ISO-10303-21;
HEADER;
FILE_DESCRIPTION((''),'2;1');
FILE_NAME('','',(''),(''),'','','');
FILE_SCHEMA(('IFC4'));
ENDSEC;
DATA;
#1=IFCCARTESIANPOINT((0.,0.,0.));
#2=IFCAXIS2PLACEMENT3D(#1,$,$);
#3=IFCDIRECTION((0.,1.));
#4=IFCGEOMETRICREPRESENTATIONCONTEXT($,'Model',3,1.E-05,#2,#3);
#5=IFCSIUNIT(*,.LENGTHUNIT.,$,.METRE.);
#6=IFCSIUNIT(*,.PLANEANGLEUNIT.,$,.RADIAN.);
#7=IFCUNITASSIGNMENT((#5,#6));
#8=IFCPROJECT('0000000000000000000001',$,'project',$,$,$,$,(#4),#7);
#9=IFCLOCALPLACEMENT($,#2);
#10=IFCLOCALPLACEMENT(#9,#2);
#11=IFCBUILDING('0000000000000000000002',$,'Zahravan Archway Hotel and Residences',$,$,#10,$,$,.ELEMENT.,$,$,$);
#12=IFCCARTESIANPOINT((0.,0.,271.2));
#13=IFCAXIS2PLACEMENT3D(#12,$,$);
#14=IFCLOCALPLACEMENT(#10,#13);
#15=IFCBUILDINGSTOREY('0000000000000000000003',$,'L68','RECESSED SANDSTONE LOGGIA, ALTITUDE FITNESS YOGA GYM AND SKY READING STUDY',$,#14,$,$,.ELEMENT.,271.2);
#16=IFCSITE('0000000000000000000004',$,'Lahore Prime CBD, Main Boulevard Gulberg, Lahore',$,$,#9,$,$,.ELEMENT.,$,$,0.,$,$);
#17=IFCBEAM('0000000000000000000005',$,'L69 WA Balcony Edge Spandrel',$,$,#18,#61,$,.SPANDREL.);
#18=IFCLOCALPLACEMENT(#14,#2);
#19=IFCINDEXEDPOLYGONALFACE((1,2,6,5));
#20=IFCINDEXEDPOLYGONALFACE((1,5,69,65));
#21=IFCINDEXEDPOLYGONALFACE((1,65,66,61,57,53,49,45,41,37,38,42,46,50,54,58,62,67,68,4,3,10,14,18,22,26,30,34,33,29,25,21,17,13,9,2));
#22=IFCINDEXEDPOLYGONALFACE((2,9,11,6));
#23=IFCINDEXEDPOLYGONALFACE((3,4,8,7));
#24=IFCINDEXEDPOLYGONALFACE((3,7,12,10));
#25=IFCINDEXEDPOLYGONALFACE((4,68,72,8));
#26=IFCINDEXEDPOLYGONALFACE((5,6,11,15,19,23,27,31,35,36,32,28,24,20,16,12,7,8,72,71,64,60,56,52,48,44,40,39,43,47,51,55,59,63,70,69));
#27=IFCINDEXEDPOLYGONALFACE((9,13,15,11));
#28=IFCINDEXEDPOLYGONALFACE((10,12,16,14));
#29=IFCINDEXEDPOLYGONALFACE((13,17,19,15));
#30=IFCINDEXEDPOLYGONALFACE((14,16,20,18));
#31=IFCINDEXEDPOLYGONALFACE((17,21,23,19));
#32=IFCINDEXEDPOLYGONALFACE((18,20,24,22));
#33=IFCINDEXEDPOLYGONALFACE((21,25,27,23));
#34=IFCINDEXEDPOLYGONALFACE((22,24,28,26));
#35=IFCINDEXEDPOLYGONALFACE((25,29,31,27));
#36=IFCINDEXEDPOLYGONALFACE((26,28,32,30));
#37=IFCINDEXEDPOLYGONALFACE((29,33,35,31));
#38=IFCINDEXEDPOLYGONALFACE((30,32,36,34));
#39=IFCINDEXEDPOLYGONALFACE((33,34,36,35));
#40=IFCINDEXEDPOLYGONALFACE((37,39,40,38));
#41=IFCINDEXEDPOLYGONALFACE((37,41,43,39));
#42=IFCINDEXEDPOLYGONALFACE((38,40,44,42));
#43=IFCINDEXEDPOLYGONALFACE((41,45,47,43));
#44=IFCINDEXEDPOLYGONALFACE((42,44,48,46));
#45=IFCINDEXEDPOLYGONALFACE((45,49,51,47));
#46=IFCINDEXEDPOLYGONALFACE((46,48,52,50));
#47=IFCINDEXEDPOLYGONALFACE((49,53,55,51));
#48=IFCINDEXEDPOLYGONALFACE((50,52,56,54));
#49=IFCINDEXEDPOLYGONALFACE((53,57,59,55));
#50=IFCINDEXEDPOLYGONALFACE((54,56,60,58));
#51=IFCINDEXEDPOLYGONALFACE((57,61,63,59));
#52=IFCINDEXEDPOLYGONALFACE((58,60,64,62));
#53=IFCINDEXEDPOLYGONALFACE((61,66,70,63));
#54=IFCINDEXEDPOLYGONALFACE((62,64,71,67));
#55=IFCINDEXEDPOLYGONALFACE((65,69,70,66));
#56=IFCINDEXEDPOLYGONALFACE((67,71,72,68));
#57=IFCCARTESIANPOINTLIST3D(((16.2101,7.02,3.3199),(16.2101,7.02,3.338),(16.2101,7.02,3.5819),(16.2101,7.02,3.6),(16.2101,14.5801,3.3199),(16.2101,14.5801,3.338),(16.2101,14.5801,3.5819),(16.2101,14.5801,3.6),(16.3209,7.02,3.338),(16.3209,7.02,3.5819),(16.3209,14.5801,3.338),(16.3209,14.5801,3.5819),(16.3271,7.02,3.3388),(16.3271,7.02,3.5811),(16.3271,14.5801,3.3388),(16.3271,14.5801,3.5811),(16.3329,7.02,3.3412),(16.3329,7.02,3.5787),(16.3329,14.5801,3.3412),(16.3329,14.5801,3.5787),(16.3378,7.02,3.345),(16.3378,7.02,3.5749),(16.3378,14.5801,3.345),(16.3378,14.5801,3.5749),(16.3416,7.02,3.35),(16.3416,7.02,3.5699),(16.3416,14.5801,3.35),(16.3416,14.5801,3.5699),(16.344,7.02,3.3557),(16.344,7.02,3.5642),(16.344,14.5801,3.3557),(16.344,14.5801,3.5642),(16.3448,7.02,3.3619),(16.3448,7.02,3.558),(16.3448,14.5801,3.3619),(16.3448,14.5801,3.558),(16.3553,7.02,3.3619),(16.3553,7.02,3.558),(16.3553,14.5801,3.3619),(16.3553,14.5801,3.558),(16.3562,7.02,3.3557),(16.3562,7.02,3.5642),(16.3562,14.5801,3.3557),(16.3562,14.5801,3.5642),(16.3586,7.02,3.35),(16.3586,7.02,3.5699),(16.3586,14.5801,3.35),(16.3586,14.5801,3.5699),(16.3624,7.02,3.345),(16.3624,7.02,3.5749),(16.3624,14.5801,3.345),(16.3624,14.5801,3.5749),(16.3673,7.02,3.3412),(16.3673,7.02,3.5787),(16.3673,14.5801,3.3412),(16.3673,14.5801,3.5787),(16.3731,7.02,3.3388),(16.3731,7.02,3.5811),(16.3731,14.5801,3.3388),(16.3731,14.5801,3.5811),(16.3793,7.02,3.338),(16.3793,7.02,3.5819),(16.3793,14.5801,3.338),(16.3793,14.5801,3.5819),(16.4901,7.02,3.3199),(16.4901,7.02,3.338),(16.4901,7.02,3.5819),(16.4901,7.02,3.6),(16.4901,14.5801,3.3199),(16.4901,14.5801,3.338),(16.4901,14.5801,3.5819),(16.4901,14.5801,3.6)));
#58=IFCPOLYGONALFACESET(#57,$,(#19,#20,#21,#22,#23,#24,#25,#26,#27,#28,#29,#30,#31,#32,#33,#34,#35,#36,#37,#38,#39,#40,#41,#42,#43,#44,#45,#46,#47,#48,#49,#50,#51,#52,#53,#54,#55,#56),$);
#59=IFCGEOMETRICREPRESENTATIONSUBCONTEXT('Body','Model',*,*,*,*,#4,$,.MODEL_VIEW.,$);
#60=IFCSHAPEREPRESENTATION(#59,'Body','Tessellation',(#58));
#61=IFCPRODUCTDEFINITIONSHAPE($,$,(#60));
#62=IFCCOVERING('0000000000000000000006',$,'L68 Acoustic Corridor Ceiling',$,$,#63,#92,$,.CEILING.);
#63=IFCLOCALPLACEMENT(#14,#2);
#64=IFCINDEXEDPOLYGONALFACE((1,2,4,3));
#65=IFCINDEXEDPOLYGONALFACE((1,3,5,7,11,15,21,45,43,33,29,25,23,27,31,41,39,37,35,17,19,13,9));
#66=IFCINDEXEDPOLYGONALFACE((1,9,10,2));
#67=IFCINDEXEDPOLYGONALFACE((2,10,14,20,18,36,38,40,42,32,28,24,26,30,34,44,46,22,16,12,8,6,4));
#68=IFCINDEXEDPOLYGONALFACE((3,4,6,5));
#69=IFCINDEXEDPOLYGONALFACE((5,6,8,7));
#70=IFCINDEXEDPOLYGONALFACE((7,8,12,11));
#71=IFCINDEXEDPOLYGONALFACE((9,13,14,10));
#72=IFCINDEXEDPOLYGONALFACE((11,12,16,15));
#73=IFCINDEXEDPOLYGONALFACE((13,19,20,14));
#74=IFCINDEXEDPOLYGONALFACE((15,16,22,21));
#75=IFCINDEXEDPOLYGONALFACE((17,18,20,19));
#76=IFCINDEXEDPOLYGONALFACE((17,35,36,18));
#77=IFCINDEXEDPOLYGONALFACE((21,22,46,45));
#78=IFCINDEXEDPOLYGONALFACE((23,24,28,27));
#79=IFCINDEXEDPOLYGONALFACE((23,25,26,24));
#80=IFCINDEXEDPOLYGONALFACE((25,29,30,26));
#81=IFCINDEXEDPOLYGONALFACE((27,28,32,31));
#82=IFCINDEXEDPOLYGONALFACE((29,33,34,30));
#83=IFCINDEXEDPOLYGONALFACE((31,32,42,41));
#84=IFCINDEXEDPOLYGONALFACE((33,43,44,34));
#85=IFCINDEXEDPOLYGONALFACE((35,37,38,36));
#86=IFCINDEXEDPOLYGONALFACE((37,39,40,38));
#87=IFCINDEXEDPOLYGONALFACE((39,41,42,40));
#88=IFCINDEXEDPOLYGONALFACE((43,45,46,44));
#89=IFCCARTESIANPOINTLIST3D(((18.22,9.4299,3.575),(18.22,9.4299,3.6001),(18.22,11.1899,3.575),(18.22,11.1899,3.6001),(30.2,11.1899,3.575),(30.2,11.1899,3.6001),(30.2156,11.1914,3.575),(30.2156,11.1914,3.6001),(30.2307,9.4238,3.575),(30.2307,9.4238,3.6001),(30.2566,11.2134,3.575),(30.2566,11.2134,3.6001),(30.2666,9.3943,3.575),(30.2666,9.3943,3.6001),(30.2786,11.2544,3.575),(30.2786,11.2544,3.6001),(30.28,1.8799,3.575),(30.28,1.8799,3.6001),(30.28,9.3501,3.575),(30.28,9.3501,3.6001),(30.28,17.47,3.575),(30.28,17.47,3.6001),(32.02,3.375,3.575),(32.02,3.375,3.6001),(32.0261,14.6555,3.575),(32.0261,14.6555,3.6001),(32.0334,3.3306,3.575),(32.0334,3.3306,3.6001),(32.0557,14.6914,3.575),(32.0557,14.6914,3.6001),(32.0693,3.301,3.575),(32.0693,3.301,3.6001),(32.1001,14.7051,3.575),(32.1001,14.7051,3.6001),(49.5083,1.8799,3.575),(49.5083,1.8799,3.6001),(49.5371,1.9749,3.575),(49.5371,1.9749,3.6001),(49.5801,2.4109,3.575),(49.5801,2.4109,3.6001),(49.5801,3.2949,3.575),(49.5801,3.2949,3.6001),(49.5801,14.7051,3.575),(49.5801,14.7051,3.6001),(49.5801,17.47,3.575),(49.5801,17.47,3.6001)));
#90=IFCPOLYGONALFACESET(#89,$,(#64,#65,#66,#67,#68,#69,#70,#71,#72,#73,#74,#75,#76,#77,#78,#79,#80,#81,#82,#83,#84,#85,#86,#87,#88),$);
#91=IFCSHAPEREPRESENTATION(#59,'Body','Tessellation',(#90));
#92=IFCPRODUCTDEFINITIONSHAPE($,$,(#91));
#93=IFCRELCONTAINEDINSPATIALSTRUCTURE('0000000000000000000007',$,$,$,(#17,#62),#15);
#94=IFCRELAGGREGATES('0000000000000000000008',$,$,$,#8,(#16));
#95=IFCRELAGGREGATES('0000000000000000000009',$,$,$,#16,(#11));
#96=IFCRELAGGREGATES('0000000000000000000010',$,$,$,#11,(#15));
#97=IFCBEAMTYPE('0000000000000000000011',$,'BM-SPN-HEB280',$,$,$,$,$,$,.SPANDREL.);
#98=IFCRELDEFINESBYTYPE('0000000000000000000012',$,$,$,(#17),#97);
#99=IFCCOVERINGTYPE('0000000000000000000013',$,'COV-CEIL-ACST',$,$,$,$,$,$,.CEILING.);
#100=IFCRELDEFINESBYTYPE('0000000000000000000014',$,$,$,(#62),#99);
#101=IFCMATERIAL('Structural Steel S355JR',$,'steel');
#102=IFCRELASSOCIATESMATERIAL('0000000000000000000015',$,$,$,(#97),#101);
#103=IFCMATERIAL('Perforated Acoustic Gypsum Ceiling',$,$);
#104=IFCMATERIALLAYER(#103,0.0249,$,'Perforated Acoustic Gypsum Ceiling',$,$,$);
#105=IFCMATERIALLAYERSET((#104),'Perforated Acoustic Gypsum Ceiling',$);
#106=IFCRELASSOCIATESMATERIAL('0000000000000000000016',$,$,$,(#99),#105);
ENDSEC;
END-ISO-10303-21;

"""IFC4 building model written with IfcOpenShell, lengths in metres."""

from ifc_helpers import new_model, si_unit, direction, frame, origin, origin_2d, place, context, subcontext, project, spatial, polyline, i_section, outline, extrude, source, transform, mapped, material, layer, layer_set, material_profile, profile_set, type_object, type_shapes, element, save


model = new_model("IFC4")

# Units and contexts
model_context = context("Model", 3, precision=1e-05, world=origin(), true_north=direction((0.0, 1.0)))
body_context = subcontext(model_context, "Body", "Model", "MODEL_VIEW")
ifc_project = project(units=[si_unit("LENGTHUNIT", "METRE"), si_unit("PLANEANGLEUNIT", "RADIAN")], contexts=[model_context])

# Site, building, storey
site_placement = place(None, origin())
site = spatial("IfcSite", under=ifc_project, at=site_placement, Name="Lahore Prime CBD, Main Boulevard Gulberg, Lahore", CompositionType="ELEMENT", RefElevation=0.0)
building_placement = place(site_placement, origin())
building = spatial("IfcBuilding", under=site, at=building_placement, Name="Zahravan Archway Hotel and Residences", CompositionType="ELEMENT")
storey_placement = place(building_placement, frame((0.0, 0.0, 271.2)))
storey = spatial("IfcBuildingStorey", under=building, at=storey_placement, Name="L68", Description="RECESSED SANDSTONE LOGGIA, ALTITUDE FITNESS YOGA GYM AND SKY READING STUDY", CompositionType="ELEMENT", Elevation=271.2)

# Beam
ifc_material_1 = material(Name="Structural Steel S355JR", Category="steel")
ifc_material_profile = material_profile(ifc_material_1, i_section(OverallWidth=0.28, OverallDepth=0.28, WebThickness=0.0105, FlangeThickness=0.0181, FilletRadius=0.0239, at=origin_2d()), Name="HEB 280", Category="steel")
ifc_profile_set = profile_set([ifc_material_profile], Name="Structural Steel S355JR")
beam_type = type_object("IfcBeamType", Name="BM-SPN-HEB280", PredefinedType="SPANDREL", material=ifc_profile_set)
shared_shape_1 = source(origin(), body_context, "Body", "SweptSolid", [
    extrude(i_section(OverallWidth=0.28, OverallDepth=0.28, WebThickness=0.0105, FlangeThickness=0.0181, FilletRadius=0.0239, at=origin_2d()), origin(), (0.0, 0.0, 1.0), 7.5601),
])
type_shapes(beam_type, [shared_shape_1])
beam_placement = place(storey_placement, frame((16.3501, 7.02, 3.46), z_axis=(0.0, 1.0, 0.0), x_axis=(-1.0, 0.0, 0.0)))
element("IfcBeam", 1, at=beam_placement, inside=storey, type_object=beam_type, Name="L69 WA Balcony Edge Spandrel", PredefinedType="SPANDREL", context=body_context, shape_type="MappedRepresentation", body=[
    mapped(shared_shape_1, transform((0.0, 0.0, 0.0), scale=1.0)),
])

# Covering
ifc_material_2 = material(Name="Perforated Acoustic Gypsum Ceiling")
ifc_layer_1 = layer(ifc_material_2, 0.0249, Name="Perforated Acoustic Gypsum Ceiling")
ifc_layer_set_1 = layer_set([ifc_layer_1], Name="Perforated Acoustic Gypsum Ceiling")
covering_type = type_object("IfcCoveringType", Name="COV-CEIL-ACST", PredefinedType="CEILING", material=ifc_layer_set_1)
covering_placement = place(storey_placement, frame((0.0, 0.0, 3.575)))
element("IfcCovering", 2, at=covering_placement, inside=storey, type_object=covering_type, Name="L68 Acoustic Corridor Ceiling", PredefinedType="CEILING", context=body_context, shape_type="SweptSolid", body=[
    extrude(outline(polyline([(30.2156, 11.1914), (30.2566, 11.2134), (30.2786, 11.2544), (30.28, 17.47), (49.5801, 17.47), (49.5801, 14.7051), (32.1001, 14.7051), (32.0557, 14.6914), (32.0261, 14.6555), (32.02, 3.375), (32.0334, 3.3306), (32.0693, 3.301), (49.5801, 3.2949), (49.5801, 2.4109), (49.5371, 1.9749), (49.5083, 1.8799), (30.28, 1.8799), (30.28, 9.3501), (30.2666, 9.3943), (30.2307, 9.4238), (18.22, 9.4299), (18.22, 11.1899), (30.2, 11.1899), (30.2156, 11.1914)])), origin(), (0.0, 0.0, 1.0), 0.0251),
])

save(model, "model.ifc")
